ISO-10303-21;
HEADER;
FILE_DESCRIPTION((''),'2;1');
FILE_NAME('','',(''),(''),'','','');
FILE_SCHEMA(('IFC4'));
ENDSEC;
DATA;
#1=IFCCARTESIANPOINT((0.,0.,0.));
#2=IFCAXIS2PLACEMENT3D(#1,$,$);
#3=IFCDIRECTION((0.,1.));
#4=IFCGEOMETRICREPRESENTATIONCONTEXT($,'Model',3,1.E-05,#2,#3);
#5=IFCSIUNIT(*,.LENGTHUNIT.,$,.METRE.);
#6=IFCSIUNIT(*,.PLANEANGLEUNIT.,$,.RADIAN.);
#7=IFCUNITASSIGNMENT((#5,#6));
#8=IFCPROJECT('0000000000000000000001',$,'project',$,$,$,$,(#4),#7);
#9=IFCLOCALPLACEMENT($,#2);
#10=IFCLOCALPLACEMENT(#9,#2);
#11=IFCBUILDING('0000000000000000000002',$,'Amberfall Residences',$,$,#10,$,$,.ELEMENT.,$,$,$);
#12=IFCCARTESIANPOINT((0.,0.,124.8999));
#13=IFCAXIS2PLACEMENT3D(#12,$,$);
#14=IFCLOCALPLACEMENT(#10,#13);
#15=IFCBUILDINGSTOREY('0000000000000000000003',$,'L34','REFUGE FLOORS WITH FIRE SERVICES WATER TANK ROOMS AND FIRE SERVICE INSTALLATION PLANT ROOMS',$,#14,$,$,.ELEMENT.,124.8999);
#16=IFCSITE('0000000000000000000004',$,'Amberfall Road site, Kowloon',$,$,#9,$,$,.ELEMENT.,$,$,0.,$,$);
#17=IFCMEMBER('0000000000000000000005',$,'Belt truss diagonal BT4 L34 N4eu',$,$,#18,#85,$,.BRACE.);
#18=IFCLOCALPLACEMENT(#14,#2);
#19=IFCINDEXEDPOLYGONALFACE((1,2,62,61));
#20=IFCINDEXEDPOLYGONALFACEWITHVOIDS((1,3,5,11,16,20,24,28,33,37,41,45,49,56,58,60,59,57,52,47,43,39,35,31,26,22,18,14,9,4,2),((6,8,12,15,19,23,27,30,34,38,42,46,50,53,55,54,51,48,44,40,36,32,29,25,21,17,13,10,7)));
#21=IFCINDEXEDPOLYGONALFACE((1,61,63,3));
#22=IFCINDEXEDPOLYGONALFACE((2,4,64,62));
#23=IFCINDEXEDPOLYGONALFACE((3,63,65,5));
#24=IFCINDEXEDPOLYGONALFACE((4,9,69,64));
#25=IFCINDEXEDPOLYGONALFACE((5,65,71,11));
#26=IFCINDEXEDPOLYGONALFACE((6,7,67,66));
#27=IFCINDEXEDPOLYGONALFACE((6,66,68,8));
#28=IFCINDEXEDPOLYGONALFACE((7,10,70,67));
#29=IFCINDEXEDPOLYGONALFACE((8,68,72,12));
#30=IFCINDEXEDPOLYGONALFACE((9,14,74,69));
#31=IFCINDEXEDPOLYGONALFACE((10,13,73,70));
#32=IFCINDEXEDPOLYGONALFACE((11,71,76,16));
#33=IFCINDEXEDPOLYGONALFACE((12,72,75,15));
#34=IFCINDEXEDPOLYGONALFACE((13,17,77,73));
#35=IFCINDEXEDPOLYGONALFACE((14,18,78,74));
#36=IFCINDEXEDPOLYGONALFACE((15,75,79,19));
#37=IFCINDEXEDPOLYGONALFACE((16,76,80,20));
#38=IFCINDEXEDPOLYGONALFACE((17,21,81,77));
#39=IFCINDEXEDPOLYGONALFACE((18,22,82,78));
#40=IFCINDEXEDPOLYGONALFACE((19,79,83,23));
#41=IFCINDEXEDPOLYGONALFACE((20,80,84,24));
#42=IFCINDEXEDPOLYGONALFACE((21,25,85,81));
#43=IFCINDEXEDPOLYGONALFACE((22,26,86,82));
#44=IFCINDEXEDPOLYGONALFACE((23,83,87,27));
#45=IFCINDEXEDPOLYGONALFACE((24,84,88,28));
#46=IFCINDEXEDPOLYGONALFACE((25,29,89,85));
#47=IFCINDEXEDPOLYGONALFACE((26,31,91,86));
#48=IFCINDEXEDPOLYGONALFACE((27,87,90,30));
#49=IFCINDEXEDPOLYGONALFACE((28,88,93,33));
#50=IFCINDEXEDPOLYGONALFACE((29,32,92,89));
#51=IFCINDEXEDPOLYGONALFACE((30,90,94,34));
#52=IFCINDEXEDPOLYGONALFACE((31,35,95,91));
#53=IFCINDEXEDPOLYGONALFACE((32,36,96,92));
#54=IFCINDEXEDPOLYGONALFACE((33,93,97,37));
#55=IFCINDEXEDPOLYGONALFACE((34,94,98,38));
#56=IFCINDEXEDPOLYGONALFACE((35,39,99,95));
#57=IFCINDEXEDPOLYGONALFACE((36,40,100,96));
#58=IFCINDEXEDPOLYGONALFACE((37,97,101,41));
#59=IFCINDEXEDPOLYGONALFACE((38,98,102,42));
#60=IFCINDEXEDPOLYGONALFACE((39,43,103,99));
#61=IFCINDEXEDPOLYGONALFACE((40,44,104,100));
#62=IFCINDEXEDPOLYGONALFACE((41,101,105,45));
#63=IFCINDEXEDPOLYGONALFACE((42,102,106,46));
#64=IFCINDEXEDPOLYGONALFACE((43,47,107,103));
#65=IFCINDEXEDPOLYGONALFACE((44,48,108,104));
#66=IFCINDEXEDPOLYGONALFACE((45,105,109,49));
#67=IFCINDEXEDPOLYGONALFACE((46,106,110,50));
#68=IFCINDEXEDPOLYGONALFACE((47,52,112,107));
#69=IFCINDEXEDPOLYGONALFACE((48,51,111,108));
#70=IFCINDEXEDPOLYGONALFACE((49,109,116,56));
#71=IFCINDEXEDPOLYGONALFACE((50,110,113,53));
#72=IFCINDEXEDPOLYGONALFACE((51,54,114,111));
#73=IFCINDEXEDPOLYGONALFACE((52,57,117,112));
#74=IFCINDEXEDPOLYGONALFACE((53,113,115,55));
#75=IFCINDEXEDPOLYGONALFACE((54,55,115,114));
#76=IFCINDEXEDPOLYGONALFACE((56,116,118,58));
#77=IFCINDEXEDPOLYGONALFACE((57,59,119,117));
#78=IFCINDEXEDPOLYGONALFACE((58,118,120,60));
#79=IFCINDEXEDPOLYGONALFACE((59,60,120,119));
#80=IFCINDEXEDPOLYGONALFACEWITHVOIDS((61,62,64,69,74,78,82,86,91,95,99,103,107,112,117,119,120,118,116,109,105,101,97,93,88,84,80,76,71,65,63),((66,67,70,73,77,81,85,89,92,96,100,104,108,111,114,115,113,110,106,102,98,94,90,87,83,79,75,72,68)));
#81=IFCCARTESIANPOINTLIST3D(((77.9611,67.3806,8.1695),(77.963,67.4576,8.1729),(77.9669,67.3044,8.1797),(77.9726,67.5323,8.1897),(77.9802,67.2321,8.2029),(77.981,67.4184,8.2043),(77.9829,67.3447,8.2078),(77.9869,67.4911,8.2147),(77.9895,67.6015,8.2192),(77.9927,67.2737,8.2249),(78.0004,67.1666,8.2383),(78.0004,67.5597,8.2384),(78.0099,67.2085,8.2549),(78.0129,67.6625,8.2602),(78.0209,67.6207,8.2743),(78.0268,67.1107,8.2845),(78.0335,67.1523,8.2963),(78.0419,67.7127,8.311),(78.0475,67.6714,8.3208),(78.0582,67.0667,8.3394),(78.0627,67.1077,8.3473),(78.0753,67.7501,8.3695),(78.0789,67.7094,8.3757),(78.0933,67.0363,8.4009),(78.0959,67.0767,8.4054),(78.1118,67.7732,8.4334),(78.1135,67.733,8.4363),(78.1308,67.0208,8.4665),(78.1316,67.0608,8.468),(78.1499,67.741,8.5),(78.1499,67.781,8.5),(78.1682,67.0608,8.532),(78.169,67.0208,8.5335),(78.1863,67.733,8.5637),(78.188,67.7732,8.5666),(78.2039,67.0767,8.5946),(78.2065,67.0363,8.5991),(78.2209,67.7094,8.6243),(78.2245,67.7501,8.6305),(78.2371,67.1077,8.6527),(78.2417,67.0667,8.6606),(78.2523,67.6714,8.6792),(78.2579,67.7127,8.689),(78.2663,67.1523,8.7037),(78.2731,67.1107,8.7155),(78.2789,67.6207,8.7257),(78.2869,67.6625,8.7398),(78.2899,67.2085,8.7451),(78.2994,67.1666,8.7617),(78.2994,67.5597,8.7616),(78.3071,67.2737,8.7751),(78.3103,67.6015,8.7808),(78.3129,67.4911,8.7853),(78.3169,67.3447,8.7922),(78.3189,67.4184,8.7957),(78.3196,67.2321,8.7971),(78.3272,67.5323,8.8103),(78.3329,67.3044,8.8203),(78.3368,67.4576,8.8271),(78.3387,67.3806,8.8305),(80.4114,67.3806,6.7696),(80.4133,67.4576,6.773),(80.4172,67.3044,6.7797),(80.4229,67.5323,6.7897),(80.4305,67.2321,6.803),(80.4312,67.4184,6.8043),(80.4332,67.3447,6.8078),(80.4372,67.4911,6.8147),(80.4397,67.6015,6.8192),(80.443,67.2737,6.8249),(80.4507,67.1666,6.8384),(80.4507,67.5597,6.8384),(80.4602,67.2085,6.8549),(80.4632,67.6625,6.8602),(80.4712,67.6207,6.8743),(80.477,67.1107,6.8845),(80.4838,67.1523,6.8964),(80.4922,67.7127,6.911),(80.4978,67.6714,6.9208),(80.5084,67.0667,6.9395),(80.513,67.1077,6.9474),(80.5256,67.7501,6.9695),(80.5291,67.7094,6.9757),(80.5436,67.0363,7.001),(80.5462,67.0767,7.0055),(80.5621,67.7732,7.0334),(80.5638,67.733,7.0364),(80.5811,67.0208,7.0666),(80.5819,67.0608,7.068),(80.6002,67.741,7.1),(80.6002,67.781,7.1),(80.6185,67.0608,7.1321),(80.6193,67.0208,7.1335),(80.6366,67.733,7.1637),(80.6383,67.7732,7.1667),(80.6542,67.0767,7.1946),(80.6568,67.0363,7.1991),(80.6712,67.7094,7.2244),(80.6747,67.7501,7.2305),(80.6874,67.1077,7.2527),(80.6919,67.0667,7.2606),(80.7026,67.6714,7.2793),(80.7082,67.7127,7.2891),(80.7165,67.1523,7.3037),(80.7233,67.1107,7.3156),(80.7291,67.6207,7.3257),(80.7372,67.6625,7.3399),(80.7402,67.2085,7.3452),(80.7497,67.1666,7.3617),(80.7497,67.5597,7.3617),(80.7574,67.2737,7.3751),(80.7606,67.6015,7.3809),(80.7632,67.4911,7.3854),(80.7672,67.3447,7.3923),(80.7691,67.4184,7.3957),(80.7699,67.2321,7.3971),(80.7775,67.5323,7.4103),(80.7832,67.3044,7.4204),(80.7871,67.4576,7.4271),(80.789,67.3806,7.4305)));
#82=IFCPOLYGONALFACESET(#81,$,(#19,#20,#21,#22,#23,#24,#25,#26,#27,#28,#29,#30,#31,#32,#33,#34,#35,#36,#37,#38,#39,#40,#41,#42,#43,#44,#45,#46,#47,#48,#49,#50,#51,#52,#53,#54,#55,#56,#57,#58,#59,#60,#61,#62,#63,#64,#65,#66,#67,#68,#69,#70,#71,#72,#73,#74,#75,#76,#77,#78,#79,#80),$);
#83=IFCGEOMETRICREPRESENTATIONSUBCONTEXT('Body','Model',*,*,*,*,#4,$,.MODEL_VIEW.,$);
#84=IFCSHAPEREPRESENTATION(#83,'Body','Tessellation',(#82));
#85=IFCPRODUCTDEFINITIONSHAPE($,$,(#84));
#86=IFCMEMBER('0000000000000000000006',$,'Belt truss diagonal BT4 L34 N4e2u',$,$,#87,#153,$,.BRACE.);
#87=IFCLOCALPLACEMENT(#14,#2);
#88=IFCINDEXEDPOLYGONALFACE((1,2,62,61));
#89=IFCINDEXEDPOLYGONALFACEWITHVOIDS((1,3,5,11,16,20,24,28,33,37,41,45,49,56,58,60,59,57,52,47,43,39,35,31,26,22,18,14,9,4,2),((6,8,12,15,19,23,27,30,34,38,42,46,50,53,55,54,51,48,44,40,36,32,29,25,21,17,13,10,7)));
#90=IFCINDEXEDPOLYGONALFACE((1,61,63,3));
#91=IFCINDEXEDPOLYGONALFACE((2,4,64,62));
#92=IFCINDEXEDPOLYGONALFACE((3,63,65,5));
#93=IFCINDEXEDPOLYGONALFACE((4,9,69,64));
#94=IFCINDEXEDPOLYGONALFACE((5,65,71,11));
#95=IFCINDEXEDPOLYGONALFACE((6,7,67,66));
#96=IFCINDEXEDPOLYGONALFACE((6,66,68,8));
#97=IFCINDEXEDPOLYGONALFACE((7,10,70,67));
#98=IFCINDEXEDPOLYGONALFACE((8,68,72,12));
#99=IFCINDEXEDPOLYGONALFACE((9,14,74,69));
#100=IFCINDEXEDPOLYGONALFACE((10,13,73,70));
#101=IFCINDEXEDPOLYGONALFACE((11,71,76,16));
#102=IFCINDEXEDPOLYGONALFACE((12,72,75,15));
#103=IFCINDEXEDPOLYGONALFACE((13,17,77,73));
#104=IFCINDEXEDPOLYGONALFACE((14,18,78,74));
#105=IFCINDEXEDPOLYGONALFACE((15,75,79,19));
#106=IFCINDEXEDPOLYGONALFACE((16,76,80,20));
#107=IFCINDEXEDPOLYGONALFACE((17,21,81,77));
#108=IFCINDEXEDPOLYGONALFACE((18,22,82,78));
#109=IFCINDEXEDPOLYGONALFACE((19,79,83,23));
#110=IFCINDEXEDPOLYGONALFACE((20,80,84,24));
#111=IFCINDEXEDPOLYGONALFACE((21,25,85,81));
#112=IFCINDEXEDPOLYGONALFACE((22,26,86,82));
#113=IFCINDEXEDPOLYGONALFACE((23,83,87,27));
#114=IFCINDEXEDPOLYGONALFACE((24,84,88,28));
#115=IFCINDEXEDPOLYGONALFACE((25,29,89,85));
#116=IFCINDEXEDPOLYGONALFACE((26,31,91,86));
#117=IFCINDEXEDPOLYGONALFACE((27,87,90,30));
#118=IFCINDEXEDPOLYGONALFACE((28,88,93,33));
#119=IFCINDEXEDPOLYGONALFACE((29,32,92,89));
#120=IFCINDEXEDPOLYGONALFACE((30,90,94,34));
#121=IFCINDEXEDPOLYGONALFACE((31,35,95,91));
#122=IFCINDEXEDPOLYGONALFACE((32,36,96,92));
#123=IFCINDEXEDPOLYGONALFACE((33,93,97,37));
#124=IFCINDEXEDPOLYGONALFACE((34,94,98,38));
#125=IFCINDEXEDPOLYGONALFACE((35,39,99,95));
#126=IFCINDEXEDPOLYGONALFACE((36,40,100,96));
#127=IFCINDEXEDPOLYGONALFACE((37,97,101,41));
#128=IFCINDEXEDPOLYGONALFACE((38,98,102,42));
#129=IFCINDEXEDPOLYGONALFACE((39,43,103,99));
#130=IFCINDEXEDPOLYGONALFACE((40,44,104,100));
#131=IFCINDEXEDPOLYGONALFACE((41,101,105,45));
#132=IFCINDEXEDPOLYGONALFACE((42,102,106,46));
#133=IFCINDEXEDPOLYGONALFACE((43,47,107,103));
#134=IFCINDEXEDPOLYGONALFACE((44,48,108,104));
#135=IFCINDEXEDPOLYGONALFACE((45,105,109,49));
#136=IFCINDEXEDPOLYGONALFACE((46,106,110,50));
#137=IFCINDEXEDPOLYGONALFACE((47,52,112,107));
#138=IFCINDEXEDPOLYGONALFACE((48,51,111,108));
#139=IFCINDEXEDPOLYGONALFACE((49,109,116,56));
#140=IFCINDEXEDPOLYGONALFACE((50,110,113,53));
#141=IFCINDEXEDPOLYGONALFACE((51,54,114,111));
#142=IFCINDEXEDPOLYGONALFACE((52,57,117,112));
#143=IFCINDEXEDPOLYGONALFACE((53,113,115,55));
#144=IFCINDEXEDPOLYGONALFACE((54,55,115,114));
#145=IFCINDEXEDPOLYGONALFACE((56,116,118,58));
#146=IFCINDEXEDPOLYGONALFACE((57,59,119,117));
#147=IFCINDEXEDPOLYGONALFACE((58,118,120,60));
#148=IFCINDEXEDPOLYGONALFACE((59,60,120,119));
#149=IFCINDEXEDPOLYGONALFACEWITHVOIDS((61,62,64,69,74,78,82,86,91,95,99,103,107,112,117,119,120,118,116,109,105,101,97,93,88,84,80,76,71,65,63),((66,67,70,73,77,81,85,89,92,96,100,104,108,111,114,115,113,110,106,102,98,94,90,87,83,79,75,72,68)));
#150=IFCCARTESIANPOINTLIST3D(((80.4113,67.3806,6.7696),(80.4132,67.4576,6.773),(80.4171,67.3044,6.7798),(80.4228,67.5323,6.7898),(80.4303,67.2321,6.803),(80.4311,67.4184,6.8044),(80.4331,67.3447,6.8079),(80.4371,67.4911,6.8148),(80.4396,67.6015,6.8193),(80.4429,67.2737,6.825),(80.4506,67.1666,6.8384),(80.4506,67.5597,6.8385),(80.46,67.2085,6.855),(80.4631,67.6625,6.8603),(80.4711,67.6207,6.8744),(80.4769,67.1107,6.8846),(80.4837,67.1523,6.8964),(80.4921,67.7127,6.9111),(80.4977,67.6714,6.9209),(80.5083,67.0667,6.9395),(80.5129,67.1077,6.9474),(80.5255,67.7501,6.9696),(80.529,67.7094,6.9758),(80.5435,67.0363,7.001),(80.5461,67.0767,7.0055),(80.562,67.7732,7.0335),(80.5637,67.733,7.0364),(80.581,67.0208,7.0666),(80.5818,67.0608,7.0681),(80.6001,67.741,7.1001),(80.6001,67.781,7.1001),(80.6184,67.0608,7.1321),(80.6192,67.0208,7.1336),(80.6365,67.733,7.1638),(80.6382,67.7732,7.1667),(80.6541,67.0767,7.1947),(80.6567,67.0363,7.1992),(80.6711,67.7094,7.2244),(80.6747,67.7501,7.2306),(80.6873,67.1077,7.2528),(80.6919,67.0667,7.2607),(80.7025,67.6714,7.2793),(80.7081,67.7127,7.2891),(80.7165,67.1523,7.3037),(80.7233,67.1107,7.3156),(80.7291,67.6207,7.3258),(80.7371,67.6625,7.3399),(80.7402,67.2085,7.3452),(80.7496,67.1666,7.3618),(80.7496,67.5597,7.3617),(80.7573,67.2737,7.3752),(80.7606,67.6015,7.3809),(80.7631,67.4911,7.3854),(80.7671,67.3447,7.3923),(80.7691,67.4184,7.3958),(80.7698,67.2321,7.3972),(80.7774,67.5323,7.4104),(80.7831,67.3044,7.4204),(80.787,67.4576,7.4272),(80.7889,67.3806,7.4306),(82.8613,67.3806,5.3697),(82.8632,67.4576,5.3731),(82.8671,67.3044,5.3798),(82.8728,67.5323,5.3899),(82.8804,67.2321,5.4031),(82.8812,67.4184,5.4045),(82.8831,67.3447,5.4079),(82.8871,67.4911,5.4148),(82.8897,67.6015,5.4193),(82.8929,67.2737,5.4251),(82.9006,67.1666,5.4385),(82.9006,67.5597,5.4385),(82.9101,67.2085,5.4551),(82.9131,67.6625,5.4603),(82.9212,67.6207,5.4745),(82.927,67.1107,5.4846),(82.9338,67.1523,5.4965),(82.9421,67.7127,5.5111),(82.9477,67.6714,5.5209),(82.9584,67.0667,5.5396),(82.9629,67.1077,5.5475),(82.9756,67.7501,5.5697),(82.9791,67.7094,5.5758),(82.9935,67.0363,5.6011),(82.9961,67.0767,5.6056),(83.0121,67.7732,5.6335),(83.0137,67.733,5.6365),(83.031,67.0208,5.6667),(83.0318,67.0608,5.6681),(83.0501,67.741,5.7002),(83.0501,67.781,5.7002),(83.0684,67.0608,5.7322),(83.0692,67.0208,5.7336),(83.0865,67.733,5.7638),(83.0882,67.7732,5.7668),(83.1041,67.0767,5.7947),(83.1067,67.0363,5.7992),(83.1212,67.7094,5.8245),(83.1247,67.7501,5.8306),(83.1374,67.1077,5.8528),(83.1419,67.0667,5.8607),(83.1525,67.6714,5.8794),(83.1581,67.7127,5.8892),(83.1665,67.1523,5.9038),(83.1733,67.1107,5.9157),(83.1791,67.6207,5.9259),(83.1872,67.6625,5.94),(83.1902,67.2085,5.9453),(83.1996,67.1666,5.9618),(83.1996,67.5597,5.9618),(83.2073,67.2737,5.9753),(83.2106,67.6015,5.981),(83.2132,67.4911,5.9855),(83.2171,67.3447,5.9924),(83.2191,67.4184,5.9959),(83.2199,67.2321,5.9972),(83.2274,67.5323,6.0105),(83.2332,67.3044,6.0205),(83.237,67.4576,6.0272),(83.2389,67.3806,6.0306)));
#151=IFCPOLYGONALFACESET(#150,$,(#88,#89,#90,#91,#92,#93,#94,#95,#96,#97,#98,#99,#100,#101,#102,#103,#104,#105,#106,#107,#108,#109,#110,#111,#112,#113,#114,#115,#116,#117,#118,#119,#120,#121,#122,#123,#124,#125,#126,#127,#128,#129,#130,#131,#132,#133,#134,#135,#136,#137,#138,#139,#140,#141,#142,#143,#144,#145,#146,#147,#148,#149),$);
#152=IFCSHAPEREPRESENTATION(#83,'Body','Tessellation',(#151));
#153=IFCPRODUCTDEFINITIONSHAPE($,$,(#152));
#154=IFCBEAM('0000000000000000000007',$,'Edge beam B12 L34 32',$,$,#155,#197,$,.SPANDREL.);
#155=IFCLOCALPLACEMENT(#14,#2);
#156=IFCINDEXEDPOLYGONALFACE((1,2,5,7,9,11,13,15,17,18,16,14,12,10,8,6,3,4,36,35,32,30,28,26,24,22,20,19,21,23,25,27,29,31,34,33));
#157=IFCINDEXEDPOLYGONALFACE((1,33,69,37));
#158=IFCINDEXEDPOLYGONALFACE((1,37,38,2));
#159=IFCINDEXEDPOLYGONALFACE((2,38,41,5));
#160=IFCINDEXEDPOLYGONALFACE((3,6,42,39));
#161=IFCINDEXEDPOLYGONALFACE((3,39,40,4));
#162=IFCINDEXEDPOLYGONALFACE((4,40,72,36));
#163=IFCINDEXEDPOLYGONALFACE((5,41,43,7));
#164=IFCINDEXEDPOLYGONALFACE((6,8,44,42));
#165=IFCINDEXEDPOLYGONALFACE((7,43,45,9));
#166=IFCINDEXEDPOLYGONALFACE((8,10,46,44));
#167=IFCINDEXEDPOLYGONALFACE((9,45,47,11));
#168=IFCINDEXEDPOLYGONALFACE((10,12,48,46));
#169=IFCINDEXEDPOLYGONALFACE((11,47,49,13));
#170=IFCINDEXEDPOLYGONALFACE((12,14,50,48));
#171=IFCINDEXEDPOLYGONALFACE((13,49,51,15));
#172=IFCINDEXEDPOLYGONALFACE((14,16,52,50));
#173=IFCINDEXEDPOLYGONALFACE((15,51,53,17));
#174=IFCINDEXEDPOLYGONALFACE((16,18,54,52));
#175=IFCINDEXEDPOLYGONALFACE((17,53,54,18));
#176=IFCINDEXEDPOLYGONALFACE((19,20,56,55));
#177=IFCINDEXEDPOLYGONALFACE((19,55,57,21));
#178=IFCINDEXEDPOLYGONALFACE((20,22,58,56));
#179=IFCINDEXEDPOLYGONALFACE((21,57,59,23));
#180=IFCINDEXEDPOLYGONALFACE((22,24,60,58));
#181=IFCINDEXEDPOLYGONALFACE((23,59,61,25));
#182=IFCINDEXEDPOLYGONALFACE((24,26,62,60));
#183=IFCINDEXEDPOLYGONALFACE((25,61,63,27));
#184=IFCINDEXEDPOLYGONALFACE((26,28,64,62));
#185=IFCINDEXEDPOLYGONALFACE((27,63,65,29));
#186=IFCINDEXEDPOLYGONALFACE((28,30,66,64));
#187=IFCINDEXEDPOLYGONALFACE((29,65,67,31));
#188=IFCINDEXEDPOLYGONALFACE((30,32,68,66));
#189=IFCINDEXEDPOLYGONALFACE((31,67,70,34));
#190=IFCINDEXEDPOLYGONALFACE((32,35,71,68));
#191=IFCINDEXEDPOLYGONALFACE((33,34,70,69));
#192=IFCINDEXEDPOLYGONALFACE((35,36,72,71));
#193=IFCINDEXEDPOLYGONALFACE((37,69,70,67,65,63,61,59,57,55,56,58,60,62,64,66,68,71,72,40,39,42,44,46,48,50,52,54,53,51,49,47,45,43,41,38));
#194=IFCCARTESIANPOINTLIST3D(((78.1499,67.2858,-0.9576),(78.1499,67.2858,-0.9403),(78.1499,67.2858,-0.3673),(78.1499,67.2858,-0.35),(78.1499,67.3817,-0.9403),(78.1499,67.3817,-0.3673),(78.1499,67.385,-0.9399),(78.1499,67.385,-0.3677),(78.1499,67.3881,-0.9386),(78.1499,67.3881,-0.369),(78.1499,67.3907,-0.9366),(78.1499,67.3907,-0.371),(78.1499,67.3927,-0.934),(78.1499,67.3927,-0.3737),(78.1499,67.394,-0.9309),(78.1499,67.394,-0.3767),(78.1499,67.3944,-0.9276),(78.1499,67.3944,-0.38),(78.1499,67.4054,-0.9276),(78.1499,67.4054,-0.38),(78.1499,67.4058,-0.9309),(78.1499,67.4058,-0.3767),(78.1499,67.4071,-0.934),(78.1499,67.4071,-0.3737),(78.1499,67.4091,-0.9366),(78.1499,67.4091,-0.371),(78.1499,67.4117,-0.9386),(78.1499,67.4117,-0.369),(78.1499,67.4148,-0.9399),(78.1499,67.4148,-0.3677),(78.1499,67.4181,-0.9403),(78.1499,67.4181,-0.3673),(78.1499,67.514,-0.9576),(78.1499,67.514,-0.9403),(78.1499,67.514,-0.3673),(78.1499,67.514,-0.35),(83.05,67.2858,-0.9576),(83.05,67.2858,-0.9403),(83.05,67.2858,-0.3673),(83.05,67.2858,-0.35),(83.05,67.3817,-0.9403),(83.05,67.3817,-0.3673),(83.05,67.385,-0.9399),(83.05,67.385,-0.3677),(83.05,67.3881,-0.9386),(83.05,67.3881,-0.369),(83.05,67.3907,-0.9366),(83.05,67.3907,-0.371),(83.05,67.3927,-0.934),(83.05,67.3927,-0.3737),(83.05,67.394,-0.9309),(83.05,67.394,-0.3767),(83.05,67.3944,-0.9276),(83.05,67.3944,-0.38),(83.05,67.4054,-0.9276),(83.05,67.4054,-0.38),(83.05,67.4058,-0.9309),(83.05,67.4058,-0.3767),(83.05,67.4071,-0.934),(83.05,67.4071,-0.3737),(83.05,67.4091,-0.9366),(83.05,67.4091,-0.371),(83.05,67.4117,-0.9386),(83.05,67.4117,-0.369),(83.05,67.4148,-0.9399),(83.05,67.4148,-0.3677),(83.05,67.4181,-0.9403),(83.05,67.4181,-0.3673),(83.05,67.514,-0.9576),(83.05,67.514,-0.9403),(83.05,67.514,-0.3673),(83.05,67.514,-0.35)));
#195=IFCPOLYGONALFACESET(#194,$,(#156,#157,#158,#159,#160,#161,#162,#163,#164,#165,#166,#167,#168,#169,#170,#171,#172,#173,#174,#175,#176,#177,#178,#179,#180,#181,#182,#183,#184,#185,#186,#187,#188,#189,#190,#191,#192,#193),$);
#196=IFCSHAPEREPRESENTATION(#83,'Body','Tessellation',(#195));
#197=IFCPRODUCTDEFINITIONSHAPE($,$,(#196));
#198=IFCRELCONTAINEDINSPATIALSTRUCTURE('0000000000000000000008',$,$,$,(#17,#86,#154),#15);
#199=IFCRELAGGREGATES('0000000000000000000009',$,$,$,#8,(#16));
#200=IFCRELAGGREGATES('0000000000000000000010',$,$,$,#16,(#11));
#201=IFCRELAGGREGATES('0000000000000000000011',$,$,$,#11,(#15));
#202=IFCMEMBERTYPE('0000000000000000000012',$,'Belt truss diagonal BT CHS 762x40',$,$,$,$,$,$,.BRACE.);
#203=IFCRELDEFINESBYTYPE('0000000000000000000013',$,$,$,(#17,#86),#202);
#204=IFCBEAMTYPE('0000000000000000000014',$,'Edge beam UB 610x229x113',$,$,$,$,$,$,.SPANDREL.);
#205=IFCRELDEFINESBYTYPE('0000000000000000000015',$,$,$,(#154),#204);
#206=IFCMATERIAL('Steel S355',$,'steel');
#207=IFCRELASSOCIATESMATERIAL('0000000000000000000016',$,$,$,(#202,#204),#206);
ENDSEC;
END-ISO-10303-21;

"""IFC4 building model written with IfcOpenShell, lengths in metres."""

from ifc_helpers import new_model, si_unit, direction, frame, origin, origin_2d, place, context, subcontext, project, spatial, hollow_circle, i_section, extrude, material, material_profile, profile_set, type_object, element, save


model = new_model("IFC4")

# Units and contexts
model_context = context("Model", 3, precision=1e-05, world=origin(), true_north=direction((0.0, 1.0)))
body_context = subcontext(model_context, "Body", "Model", "MODEL_VIEW")
ifc_project = project(units=[si_unit("LENGTHUNIT", "METRE"), si_unit("PLANEANGLEUNIT", "RADIAN")], contexts=[model_context])

# Site, building, storey
site_placement = place(None, origin())
site = spatial("IfcSite", under=ifc_project, at=site_placement, Name="Amberfall Road site, Kowloon", CompositionType="ELEMENT", RefElevation=0.0)
building_placement = place(site_placement, origin())
building = spatial("IfcBuilding", under=site, at=building_placement, Name="Amberfall Residences", CompositionType="ELEMENT")
storey_placement = place(building_placement, frame((0.0, 0.0, 124.8999)))
storey = spatial("IfcBuildingStorey", under=building, at=storey_placement, Name="L34", Description="REFUGE FLOORS WITH FIRE SERVICES WATER TANK ROOMS AND FIRE SERVICE INSTALLATION PLANT ROOMS", CompositionType="ELEMENT", Elevation=124.8999)

# Shared definitions
ifc_material_1 = material(Name="Steel S355", Category="steel")

# Members
ifc_material_profile_1 = material_profile(ifc_material_1, hollow_circle(Radius=0.3811, WallThickness=0.04, at=origin_2d()), Name="CHS 762x40")
ifc_profile_set_1 = profile_set([ifc_material_profile_1], Name="Steel S355")
member_type = type_object("IfcMemberType", Name="Belt truss diagonal BT CHS 762x40", PredefinedType="BRACE", material=ifc_profile_set_1)
member_1_placement = place(storey_placement, frame((78.1499, 67.3999, 8.5), z_axis=(0.868275, 0.0, -0.496083), x_axis=(0.0, 1.0, 0.0)))
element("IfcMember", 1, at=member_1_placement, inside=storey, type_object=member_type, Name="Belt truss diagonal BT4 L34 N4eu", PredefinedType="BRACE", context=body_context, shape_type="SweptSolid", body=[
    extrude(hollow_circle(Radius=0.3811, WallThickness=0.04, at=origin_2d()), origin(), (0.0, 0.0, 1.0), 2.822),
])
member_2_placement = place(storey_placement, frame((80.6001, 67.3999, 7.1001), z_axis=(0.868254, 0.0, -0.49612), x_axis=(0.0, 1.0, 0.0)))
element("IfcMember", 2, at=member_2_placement, inside=storey, type_object=member_type, Name="Belt truss diagonal BT4 L34 N4e2u", PredefinedType="BRACE", context=body_context, shape_type="SweptSolid", body=[
    extrude(hollow_circle(Radius=0.3811, WallThickness=0.04, at=origin_2d()), origin(), (0.0, 0.0, 1.0), 2.8218),
])

# Beam
ifc_material_profile_2 = material_profile(ifc_material_1, i_section(OverallWidth=0.2283, OverallDepth=0.6077, WebThickness=0.011, FlangeThickness=0.0173, FilletRadius=0.0127, at=origin_2d()), Name="UB 610x229x113")
ifc_profile_set_2 = profile_set([ifc_material_profile_2], Name="Steel S355")
beam_type_1 = type_object("IfcBeamType", Name="Edge beam UB 610x229x113", PredefinedType="SPANDREL", material=ifc_profile_set_2)
beam_placement = place(storey_placement, frame((78.1499, 67.3999, -0.6538), z_axis=(1.0, 0.0, 0.0), x_axis=(0.0, 1.0, 0.0)))
element("IfcBeam", 3, at=beam_placement, inside=storey, type_object=beam_type_1, Name="Edge beam B12 L34 32", PredefinedType="SPANDREL", context=body_context, shape_type="SweptSolid", body=[
    extrude(i_section(OverallWidth=0.2283, OverallDepth=0.6077, WebThickness=0.011, FlangeThickness=0.0173, FilletRadius=0.0127, at=origin_2d()), origin(), (0.0, 0.0, 1.0), 4.9001),
])

save(model, "model.ifc")
